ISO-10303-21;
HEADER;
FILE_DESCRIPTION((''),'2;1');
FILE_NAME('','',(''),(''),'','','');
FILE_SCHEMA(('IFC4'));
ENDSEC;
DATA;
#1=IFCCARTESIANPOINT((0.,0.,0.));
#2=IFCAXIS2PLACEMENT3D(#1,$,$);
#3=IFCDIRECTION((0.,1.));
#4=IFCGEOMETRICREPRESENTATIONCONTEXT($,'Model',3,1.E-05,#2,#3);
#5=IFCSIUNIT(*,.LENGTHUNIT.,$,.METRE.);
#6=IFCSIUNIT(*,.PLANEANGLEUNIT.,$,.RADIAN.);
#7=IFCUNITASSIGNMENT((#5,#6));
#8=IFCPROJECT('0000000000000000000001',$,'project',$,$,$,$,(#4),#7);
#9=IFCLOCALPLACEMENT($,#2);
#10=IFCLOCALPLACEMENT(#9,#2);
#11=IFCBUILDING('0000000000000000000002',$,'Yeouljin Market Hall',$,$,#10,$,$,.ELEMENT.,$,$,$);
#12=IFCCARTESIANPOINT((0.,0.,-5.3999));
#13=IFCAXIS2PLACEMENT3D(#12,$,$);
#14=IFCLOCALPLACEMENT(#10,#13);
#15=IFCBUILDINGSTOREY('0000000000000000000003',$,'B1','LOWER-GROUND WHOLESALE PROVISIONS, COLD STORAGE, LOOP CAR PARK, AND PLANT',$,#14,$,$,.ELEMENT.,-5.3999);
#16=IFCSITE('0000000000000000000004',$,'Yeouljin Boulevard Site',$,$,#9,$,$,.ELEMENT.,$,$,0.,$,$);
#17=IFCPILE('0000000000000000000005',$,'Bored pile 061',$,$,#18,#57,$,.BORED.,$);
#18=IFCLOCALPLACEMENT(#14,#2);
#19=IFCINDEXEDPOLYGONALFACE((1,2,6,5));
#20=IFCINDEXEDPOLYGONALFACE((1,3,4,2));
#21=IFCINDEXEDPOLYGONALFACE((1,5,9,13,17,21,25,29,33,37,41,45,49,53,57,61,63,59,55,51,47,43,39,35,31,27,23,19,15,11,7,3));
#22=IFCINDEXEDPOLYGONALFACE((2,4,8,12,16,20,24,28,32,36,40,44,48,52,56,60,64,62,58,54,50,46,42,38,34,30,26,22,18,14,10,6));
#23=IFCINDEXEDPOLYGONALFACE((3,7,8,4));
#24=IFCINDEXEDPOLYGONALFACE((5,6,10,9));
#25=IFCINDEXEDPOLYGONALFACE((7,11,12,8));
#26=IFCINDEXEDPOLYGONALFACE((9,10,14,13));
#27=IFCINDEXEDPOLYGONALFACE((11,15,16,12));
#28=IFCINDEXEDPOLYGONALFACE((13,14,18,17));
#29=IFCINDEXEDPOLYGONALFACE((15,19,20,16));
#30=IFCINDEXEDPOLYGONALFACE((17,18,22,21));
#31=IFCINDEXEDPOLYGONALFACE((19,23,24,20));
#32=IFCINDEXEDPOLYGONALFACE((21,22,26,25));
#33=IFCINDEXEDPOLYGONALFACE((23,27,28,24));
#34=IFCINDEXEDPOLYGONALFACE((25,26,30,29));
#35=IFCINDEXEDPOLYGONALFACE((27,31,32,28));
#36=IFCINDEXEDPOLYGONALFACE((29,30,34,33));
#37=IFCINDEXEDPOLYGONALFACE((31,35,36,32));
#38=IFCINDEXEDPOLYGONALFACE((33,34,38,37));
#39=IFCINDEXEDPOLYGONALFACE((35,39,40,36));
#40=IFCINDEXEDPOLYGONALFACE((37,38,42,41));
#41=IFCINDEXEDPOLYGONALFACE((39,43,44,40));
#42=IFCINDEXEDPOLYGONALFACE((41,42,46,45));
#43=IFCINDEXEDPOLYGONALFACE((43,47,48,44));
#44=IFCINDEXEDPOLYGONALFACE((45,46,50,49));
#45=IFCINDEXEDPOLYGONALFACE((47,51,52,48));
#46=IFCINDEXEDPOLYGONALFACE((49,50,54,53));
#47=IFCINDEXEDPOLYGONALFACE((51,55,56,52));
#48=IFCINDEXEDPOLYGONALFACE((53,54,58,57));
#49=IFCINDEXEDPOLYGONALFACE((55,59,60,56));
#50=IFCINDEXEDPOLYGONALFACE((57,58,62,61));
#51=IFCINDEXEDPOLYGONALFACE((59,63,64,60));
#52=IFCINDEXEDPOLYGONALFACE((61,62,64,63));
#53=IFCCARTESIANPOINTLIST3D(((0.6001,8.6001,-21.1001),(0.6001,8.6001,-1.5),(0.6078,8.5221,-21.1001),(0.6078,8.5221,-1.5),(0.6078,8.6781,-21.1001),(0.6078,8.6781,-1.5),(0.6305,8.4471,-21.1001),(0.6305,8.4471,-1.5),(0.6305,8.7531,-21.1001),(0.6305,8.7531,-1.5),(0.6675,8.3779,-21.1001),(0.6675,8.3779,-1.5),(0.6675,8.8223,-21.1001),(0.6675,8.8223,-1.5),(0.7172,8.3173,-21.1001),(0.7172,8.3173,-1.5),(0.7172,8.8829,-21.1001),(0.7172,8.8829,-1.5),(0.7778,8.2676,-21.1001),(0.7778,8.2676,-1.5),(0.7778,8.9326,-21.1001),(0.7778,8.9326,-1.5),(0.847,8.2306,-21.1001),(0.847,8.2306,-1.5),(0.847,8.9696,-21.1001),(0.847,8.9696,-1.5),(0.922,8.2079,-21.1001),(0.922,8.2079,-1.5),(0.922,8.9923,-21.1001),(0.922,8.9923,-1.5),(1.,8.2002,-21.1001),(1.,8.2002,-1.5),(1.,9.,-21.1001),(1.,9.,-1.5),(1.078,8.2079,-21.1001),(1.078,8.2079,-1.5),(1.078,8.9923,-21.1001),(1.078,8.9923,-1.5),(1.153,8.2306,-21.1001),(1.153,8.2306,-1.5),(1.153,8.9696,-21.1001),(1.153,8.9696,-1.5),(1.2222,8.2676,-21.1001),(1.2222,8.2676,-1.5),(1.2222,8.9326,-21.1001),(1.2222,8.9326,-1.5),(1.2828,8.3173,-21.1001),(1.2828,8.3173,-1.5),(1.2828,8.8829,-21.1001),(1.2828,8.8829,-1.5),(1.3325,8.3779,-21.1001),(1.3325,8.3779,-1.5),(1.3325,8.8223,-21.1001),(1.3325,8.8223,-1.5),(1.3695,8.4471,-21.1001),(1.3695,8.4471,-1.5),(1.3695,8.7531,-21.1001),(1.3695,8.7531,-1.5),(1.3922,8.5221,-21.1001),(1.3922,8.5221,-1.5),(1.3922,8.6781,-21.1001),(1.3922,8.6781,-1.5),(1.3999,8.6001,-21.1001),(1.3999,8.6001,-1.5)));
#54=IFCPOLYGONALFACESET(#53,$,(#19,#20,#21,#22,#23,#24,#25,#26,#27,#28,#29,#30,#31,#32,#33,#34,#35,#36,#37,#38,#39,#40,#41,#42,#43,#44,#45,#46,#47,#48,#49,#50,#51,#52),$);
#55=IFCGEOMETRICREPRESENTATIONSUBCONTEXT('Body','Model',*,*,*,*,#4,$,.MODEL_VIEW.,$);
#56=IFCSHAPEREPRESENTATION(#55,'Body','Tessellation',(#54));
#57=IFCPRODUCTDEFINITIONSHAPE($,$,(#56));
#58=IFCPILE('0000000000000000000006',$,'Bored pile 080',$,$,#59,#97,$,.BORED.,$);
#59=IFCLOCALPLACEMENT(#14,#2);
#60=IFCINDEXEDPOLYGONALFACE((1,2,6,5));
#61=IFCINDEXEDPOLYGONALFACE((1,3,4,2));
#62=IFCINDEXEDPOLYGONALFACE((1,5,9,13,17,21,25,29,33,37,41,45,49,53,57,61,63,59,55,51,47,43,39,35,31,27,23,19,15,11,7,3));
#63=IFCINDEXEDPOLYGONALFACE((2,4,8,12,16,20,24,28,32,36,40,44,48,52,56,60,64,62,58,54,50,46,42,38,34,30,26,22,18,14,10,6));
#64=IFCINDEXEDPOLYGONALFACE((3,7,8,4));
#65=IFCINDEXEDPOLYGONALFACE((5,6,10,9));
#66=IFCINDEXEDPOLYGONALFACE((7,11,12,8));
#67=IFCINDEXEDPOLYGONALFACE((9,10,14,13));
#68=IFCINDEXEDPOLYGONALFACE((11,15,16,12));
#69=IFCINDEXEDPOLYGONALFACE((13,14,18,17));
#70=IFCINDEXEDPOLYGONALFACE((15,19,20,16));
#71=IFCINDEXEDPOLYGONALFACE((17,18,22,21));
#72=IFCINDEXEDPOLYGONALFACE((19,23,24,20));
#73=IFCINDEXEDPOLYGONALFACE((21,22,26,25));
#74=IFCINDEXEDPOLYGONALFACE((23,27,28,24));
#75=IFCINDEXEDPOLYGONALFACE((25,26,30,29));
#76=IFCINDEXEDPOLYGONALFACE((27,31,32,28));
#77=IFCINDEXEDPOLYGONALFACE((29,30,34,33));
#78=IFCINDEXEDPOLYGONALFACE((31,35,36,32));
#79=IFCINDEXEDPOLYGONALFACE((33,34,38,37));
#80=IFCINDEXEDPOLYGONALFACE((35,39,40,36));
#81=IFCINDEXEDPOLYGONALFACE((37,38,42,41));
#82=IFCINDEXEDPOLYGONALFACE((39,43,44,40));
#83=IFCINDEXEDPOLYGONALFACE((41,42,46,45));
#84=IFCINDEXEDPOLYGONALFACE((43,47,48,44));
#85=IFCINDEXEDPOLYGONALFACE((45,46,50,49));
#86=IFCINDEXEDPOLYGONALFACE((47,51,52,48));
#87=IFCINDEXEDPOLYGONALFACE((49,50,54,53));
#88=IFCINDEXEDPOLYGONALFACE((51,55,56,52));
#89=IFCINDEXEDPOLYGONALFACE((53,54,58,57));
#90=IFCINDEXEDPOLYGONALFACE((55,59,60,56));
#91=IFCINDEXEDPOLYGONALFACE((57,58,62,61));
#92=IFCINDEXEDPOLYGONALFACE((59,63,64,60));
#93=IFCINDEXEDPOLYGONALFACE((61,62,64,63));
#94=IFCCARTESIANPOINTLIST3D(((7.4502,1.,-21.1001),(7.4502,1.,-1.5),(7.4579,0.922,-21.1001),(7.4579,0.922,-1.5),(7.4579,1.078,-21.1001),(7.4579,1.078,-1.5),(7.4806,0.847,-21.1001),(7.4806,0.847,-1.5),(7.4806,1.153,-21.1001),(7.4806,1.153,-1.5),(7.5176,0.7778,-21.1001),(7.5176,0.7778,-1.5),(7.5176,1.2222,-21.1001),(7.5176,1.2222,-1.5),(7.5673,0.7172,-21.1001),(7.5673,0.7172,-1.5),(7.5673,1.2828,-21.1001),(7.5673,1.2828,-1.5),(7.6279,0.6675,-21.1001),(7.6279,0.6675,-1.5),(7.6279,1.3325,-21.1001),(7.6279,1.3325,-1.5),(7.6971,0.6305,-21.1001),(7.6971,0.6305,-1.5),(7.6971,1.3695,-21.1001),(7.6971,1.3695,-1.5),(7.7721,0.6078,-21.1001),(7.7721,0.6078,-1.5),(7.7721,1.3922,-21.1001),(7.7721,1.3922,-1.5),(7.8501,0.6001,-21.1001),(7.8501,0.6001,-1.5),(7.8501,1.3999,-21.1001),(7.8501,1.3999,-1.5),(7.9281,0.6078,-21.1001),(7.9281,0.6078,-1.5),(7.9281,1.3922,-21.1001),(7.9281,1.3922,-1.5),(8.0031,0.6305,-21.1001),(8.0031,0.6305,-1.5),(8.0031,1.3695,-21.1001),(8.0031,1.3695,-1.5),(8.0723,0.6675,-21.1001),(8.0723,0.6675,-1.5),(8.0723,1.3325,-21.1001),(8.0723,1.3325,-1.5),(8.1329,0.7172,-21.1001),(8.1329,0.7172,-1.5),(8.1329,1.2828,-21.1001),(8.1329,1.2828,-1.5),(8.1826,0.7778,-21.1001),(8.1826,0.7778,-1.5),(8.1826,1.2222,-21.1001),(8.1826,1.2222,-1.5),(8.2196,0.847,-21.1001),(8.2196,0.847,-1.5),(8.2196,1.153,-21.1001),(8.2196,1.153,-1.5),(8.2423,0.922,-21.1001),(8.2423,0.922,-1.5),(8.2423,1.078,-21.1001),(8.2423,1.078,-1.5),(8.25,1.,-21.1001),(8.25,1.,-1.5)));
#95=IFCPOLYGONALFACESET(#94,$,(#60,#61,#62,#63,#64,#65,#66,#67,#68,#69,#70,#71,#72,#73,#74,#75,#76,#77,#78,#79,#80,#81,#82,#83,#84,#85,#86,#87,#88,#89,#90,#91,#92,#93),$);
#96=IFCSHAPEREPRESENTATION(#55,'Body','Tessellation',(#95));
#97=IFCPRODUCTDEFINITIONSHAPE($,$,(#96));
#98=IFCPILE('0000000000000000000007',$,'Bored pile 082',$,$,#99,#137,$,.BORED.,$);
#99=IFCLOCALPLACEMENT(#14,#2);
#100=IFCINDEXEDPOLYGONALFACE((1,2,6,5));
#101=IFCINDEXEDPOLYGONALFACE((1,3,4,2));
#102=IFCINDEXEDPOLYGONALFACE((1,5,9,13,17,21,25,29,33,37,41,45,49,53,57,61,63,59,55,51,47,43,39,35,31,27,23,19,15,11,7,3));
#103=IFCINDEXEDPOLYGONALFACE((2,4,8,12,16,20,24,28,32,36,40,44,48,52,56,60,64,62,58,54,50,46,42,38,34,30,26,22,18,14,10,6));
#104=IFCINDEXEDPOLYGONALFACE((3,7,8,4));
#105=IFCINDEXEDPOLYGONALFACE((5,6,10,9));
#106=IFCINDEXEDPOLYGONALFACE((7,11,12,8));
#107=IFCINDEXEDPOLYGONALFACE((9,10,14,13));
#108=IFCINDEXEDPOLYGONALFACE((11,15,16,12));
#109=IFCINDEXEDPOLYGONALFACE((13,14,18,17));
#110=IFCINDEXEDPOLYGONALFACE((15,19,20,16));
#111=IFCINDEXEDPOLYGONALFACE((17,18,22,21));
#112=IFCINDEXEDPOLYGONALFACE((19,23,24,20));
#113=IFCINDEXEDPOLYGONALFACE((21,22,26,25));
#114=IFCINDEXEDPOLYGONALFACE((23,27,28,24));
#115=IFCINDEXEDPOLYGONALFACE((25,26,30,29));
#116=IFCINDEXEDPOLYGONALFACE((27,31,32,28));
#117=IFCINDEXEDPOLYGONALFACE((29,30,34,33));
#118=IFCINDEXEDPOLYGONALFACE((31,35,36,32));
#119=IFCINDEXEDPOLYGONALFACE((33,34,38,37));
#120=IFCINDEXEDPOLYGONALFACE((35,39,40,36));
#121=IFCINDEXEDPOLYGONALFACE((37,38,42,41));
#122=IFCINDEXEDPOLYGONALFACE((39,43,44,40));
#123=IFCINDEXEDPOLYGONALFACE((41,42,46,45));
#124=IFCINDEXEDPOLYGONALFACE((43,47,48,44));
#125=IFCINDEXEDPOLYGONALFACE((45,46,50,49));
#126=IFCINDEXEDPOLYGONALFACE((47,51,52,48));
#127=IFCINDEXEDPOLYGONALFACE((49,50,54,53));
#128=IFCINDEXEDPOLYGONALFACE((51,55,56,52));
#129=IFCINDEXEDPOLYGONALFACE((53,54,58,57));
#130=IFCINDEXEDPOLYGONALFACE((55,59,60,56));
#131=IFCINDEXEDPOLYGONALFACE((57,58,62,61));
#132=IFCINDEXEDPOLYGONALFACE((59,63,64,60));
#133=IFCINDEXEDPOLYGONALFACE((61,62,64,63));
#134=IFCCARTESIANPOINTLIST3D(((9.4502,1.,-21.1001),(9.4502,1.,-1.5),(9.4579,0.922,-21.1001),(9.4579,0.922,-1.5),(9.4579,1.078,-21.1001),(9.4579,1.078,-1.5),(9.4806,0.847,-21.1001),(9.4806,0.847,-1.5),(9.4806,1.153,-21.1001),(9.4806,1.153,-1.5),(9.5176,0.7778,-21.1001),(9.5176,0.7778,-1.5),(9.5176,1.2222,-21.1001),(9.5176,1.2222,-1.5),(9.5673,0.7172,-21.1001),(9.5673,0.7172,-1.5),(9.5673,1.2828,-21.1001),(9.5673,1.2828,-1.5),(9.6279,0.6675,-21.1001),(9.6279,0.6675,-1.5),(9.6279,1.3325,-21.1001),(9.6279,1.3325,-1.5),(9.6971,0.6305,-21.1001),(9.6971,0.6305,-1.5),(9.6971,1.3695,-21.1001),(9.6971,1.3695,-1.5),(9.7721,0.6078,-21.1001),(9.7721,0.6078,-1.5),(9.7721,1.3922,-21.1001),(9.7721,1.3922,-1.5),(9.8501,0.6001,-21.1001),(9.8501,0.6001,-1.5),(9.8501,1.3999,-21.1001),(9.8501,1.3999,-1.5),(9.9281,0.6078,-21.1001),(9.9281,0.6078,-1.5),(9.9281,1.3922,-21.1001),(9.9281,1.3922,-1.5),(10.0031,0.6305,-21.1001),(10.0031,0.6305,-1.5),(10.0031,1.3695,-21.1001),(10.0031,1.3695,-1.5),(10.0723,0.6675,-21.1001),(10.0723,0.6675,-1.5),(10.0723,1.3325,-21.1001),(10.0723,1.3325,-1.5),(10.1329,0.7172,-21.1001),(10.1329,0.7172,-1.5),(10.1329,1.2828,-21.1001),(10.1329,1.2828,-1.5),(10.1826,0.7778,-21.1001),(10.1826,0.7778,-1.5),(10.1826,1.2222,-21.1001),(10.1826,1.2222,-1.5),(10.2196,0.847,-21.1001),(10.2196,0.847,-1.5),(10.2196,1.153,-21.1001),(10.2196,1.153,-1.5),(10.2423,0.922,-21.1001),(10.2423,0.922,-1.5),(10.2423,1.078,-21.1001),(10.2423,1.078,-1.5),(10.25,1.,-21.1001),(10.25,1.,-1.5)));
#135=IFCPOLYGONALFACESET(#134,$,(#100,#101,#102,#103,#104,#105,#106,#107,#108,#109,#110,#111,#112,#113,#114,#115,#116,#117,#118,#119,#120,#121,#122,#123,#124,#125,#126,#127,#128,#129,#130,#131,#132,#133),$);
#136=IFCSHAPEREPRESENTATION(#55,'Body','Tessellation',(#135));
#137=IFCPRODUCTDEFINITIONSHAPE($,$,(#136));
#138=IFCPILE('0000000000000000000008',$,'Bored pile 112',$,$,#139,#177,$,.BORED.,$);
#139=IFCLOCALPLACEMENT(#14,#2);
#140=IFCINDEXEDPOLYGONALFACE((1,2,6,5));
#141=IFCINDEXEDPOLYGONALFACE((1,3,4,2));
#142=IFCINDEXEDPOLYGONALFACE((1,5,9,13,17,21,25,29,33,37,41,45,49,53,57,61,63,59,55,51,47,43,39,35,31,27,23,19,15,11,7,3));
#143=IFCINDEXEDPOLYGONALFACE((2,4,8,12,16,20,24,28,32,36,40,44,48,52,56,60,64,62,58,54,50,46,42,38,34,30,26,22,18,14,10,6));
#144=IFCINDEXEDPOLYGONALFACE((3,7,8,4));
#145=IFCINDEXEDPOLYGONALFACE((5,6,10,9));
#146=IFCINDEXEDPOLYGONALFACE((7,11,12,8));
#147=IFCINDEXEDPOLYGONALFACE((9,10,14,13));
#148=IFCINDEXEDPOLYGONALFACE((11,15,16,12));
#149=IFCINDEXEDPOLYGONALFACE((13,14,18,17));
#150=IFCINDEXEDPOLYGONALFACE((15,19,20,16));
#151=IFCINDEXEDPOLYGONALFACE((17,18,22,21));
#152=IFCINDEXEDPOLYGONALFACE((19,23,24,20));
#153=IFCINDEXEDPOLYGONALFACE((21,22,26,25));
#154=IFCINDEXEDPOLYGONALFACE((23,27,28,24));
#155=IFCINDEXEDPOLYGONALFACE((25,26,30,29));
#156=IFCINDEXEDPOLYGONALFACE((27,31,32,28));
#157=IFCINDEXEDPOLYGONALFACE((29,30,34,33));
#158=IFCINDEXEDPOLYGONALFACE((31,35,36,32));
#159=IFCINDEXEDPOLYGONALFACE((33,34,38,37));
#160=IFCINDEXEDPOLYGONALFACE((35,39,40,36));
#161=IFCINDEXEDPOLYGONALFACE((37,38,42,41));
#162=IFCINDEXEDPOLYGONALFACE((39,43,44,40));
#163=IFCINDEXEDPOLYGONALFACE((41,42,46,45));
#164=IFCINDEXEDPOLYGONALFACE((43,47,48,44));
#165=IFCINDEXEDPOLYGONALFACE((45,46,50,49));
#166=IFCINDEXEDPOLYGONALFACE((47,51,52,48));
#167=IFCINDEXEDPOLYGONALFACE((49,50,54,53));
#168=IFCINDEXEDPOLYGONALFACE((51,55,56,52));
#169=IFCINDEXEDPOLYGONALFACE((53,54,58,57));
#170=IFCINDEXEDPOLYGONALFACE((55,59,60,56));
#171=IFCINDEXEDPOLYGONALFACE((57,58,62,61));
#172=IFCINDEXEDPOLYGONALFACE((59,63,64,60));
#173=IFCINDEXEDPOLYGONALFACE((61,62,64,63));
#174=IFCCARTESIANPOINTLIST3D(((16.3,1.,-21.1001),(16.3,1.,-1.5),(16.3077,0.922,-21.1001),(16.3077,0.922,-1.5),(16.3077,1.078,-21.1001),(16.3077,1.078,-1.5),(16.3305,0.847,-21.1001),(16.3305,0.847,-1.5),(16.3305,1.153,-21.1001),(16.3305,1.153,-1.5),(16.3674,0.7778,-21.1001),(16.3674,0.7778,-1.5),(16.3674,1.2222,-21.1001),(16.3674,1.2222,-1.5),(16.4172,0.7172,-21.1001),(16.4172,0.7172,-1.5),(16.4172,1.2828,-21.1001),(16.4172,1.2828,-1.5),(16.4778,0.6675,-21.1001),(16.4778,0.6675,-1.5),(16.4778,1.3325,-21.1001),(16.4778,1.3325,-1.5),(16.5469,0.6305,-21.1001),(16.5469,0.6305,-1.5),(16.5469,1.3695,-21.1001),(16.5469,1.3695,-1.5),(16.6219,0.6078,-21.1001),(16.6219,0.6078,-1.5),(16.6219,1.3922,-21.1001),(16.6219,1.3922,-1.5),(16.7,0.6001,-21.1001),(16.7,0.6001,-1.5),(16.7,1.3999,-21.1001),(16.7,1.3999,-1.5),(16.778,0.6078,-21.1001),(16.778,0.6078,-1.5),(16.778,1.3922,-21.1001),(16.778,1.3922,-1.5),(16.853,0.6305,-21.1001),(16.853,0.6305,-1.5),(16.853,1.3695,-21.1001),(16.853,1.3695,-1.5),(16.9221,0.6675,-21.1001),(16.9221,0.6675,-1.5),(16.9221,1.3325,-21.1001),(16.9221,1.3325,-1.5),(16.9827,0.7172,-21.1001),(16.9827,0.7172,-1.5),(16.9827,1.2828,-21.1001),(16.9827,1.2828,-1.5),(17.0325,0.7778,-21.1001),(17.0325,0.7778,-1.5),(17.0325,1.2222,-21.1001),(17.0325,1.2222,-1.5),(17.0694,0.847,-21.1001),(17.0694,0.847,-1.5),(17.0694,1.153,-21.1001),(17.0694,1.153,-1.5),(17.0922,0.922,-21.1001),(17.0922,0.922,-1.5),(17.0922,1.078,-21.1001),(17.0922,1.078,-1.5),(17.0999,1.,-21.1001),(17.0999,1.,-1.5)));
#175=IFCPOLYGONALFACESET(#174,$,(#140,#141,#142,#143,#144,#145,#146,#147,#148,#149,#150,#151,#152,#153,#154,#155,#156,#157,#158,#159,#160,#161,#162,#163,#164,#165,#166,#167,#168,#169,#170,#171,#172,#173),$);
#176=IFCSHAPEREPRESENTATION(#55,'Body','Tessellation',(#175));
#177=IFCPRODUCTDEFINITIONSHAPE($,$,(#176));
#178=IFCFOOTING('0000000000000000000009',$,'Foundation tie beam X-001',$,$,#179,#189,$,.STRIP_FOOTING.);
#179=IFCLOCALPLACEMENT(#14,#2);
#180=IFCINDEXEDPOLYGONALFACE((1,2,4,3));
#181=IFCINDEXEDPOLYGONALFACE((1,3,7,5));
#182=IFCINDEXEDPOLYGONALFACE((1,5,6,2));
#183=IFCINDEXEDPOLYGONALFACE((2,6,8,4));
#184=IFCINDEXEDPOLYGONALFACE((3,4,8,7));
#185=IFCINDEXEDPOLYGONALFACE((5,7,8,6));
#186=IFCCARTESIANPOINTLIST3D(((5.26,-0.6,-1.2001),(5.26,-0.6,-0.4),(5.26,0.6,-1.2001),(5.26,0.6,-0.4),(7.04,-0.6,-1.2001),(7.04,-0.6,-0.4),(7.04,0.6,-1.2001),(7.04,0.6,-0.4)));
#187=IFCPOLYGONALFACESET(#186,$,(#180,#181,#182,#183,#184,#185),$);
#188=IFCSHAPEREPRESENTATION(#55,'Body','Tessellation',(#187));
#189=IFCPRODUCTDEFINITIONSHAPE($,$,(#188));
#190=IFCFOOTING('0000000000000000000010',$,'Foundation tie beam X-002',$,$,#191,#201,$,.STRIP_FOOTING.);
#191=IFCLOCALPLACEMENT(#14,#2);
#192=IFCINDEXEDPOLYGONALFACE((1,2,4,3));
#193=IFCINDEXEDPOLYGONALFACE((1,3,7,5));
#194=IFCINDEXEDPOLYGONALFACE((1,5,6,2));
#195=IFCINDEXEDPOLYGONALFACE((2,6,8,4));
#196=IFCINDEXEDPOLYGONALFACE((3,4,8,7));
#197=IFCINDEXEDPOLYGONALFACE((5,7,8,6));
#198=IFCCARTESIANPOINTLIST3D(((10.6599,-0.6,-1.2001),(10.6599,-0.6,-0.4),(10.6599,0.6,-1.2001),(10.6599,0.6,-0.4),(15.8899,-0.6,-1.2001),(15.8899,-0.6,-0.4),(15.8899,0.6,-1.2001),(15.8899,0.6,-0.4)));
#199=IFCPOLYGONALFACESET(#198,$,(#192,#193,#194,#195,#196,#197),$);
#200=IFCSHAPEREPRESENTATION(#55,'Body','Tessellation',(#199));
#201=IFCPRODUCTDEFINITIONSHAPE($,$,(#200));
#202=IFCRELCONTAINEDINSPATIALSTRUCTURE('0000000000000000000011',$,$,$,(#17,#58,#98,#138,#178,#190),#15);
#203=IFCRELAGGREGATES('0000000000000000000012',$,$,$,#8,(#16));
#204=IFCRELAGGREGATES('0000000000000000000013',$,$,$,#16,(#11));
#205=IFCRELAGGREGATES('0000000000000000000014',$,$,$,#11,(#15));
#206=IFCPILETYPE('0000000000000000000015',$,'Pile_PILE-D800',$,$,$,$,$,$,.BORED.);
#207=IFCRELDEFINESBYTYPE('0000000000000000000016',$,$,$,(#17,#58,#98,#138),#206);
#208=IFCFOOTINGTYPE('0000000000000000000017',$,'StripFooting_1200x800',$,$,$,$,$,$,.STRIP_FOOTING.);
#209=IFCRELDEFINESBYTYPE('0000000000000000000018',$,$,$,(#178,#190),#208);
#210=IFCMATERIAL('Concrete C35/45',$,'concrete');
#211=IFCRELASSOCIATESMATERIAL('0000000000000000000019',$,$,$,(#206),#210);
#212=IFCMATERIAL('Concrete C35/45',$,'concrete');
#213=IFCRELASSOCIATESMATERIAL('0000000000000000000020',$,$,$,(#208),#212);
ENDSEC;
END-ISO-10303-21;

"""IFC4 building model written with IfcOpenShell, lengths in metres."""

from ifc_helpers import new_model, si_unit, direction, frame, origin, origin_2d, place, context, subcontext, project, spatial, rectangle, circle, extrude, material, material_profile, profile_set, type_object, element, save


model = new_model("IFC4")

# Units and contexts
model_context = context("Model", 3, precision=1e-05, world=origin(), true_north=direction((0.0, 1.0)))
body_context = subcontext(model_context, "Body", "Model", "MODEL_VIEW")
ifc_project = project(units=[si_unit("LENGTHUNIT", "METRE"), si_unit("PLANEANGLEUNIT", "RADIAN")], contexts=[model_context])

# Site, building, storey
site_placement = place(None, origin())
site = spatial("IfcSite", under=ifc_project, at=site_placement, Name="Yeouljin Boulevard Site", CompositionType="ELEMENT", RefElevation=0.0)
building_placement = place(site_placement, origin())
building = spatial("IfcBuilding", under=site, at=building_placement, Name="Yeouljin Market Hall", CompositionType="ELEMENT")
storey_placement = place(building_placement, frame((0.0, 0.0, -5.3999)))
storey = spatial("IfcBuildingStorey", under=building, at=storey_placement, Name="B1", Description="LOWER-GROUND WHOLESALE PROVISIONS, COLD STORAGE, LOOP CAR PARK, AND PLANT", CompositionType="ELEMENT", Elevation=-5.3999)

# Piles
ifc_material_1 = material(Name="Concrete C35/45", Category="concrete")
ifc_material_profile_1 = material_profile(ifc_material_1, circle(Radius=0.3999, at=origin_2d()), Name="PILE-D800")
ifc_profile_set_1 = profile_set([ifc_material_profile_1], Name="Concrete C35/45")
pile_type_1 = type_object("IfcPileType", Name="Pile_PILE-D800", PredefinedType="BORED", material=ifc_profile_set_1)
for number, where, z_axis, x_axis, name in (
    (1, (1.0, 8.6001, -1.5), (0.0, 0.0, -1.0), (1.0, 0.0, 0.0), "Bored pile 061"),
    (2, (7.8501, 1.0, -1.5), (0.0, 0.0, -1.0), (1.0, 0.0, 0.0), "Bored pile 080"),
    (3, (9.8501, 1.0, -1.5), (0.0, 0.0, -1.0), (1.0, 0.0, 0.0), "Bored pile 082"),
    (4, (16.7, 1.0, -1.5), (0.0, 0.0, -1.0), (1.0, 0.0, 0.0), "Bored pile 112"),
):
    element("IfcPile", number, at=place(storey_placement, frame(where, z_axis=z_axis, x_axis=x_axis)), inside=storey, type_object=pile_type_1, Name=name, PredefinedType="BORED", context=body_context, shape_type="SweptSolid", body=[
        extrude(circle(Radius=0.3999, at=origin_2d()), origin(), (0.0, 0.0, 1.0), 19.6001),
    ])

# Footings
ifc_material_2 = material(Name="Concrete C35/45", Category="concrete")
ifc_material_profile_2 = material_profile(ifc_material_2, rectangle(XDim=1.2, YDim=0.8, at=origin_2d()), Name="SF-1200x800")
ifc_profile_set_2 = profile_set([ifc_material_profile_2], Name="Concrete C35/45")
footing_type_1 = type_object("IfcFootingType", Name="StripFooting_1200x800", PredefinedType="STRIP_FOOTING", material=ifc_profile_set_2)
footing_1_placement = place(storey_placement, frame((5.26, 0.0, -0.8), z_axis=(1.0, 0.0, 0.0), x_axis=(0.0, 1.0, 0.0)))
element("IfcFooting", 5, at=footing_1_placement, inside=storey, type_object=footing_type_1, Name="Foundation tie beam X-001", PredefinedType="STRIP_FOOTING", context=body_context, shape_type="SweptSolid", body=[
    extrude(rectangle(XDim=1.2, YDim=0.8, at=origin_2d()), origin(), (0.0, 0.0, 1.0), 1.78),
])
footing_2_placement = place(storey_placement, frame((10.6599, 0.0, -0.8), z_axis=(1.0, 0.0, 0.0), x_axis=(0.0, 1.0, 0.0)))
element("IfcFooting", 6, at=footing_2_placement, inside=storey, type_object=footing_type_1, Name="Foundation tie beam X-002", PredefinedType="STRIP_FOOTING", context=body_context, shape_type="SweptSolid", body=[
    extrude(rectangle(XDim=1.2, YDim=0.8, at=origin_2d()), origin(), (0.0, 0.0, 1.0), 5.23),
])

save(model, "model.ifc")
